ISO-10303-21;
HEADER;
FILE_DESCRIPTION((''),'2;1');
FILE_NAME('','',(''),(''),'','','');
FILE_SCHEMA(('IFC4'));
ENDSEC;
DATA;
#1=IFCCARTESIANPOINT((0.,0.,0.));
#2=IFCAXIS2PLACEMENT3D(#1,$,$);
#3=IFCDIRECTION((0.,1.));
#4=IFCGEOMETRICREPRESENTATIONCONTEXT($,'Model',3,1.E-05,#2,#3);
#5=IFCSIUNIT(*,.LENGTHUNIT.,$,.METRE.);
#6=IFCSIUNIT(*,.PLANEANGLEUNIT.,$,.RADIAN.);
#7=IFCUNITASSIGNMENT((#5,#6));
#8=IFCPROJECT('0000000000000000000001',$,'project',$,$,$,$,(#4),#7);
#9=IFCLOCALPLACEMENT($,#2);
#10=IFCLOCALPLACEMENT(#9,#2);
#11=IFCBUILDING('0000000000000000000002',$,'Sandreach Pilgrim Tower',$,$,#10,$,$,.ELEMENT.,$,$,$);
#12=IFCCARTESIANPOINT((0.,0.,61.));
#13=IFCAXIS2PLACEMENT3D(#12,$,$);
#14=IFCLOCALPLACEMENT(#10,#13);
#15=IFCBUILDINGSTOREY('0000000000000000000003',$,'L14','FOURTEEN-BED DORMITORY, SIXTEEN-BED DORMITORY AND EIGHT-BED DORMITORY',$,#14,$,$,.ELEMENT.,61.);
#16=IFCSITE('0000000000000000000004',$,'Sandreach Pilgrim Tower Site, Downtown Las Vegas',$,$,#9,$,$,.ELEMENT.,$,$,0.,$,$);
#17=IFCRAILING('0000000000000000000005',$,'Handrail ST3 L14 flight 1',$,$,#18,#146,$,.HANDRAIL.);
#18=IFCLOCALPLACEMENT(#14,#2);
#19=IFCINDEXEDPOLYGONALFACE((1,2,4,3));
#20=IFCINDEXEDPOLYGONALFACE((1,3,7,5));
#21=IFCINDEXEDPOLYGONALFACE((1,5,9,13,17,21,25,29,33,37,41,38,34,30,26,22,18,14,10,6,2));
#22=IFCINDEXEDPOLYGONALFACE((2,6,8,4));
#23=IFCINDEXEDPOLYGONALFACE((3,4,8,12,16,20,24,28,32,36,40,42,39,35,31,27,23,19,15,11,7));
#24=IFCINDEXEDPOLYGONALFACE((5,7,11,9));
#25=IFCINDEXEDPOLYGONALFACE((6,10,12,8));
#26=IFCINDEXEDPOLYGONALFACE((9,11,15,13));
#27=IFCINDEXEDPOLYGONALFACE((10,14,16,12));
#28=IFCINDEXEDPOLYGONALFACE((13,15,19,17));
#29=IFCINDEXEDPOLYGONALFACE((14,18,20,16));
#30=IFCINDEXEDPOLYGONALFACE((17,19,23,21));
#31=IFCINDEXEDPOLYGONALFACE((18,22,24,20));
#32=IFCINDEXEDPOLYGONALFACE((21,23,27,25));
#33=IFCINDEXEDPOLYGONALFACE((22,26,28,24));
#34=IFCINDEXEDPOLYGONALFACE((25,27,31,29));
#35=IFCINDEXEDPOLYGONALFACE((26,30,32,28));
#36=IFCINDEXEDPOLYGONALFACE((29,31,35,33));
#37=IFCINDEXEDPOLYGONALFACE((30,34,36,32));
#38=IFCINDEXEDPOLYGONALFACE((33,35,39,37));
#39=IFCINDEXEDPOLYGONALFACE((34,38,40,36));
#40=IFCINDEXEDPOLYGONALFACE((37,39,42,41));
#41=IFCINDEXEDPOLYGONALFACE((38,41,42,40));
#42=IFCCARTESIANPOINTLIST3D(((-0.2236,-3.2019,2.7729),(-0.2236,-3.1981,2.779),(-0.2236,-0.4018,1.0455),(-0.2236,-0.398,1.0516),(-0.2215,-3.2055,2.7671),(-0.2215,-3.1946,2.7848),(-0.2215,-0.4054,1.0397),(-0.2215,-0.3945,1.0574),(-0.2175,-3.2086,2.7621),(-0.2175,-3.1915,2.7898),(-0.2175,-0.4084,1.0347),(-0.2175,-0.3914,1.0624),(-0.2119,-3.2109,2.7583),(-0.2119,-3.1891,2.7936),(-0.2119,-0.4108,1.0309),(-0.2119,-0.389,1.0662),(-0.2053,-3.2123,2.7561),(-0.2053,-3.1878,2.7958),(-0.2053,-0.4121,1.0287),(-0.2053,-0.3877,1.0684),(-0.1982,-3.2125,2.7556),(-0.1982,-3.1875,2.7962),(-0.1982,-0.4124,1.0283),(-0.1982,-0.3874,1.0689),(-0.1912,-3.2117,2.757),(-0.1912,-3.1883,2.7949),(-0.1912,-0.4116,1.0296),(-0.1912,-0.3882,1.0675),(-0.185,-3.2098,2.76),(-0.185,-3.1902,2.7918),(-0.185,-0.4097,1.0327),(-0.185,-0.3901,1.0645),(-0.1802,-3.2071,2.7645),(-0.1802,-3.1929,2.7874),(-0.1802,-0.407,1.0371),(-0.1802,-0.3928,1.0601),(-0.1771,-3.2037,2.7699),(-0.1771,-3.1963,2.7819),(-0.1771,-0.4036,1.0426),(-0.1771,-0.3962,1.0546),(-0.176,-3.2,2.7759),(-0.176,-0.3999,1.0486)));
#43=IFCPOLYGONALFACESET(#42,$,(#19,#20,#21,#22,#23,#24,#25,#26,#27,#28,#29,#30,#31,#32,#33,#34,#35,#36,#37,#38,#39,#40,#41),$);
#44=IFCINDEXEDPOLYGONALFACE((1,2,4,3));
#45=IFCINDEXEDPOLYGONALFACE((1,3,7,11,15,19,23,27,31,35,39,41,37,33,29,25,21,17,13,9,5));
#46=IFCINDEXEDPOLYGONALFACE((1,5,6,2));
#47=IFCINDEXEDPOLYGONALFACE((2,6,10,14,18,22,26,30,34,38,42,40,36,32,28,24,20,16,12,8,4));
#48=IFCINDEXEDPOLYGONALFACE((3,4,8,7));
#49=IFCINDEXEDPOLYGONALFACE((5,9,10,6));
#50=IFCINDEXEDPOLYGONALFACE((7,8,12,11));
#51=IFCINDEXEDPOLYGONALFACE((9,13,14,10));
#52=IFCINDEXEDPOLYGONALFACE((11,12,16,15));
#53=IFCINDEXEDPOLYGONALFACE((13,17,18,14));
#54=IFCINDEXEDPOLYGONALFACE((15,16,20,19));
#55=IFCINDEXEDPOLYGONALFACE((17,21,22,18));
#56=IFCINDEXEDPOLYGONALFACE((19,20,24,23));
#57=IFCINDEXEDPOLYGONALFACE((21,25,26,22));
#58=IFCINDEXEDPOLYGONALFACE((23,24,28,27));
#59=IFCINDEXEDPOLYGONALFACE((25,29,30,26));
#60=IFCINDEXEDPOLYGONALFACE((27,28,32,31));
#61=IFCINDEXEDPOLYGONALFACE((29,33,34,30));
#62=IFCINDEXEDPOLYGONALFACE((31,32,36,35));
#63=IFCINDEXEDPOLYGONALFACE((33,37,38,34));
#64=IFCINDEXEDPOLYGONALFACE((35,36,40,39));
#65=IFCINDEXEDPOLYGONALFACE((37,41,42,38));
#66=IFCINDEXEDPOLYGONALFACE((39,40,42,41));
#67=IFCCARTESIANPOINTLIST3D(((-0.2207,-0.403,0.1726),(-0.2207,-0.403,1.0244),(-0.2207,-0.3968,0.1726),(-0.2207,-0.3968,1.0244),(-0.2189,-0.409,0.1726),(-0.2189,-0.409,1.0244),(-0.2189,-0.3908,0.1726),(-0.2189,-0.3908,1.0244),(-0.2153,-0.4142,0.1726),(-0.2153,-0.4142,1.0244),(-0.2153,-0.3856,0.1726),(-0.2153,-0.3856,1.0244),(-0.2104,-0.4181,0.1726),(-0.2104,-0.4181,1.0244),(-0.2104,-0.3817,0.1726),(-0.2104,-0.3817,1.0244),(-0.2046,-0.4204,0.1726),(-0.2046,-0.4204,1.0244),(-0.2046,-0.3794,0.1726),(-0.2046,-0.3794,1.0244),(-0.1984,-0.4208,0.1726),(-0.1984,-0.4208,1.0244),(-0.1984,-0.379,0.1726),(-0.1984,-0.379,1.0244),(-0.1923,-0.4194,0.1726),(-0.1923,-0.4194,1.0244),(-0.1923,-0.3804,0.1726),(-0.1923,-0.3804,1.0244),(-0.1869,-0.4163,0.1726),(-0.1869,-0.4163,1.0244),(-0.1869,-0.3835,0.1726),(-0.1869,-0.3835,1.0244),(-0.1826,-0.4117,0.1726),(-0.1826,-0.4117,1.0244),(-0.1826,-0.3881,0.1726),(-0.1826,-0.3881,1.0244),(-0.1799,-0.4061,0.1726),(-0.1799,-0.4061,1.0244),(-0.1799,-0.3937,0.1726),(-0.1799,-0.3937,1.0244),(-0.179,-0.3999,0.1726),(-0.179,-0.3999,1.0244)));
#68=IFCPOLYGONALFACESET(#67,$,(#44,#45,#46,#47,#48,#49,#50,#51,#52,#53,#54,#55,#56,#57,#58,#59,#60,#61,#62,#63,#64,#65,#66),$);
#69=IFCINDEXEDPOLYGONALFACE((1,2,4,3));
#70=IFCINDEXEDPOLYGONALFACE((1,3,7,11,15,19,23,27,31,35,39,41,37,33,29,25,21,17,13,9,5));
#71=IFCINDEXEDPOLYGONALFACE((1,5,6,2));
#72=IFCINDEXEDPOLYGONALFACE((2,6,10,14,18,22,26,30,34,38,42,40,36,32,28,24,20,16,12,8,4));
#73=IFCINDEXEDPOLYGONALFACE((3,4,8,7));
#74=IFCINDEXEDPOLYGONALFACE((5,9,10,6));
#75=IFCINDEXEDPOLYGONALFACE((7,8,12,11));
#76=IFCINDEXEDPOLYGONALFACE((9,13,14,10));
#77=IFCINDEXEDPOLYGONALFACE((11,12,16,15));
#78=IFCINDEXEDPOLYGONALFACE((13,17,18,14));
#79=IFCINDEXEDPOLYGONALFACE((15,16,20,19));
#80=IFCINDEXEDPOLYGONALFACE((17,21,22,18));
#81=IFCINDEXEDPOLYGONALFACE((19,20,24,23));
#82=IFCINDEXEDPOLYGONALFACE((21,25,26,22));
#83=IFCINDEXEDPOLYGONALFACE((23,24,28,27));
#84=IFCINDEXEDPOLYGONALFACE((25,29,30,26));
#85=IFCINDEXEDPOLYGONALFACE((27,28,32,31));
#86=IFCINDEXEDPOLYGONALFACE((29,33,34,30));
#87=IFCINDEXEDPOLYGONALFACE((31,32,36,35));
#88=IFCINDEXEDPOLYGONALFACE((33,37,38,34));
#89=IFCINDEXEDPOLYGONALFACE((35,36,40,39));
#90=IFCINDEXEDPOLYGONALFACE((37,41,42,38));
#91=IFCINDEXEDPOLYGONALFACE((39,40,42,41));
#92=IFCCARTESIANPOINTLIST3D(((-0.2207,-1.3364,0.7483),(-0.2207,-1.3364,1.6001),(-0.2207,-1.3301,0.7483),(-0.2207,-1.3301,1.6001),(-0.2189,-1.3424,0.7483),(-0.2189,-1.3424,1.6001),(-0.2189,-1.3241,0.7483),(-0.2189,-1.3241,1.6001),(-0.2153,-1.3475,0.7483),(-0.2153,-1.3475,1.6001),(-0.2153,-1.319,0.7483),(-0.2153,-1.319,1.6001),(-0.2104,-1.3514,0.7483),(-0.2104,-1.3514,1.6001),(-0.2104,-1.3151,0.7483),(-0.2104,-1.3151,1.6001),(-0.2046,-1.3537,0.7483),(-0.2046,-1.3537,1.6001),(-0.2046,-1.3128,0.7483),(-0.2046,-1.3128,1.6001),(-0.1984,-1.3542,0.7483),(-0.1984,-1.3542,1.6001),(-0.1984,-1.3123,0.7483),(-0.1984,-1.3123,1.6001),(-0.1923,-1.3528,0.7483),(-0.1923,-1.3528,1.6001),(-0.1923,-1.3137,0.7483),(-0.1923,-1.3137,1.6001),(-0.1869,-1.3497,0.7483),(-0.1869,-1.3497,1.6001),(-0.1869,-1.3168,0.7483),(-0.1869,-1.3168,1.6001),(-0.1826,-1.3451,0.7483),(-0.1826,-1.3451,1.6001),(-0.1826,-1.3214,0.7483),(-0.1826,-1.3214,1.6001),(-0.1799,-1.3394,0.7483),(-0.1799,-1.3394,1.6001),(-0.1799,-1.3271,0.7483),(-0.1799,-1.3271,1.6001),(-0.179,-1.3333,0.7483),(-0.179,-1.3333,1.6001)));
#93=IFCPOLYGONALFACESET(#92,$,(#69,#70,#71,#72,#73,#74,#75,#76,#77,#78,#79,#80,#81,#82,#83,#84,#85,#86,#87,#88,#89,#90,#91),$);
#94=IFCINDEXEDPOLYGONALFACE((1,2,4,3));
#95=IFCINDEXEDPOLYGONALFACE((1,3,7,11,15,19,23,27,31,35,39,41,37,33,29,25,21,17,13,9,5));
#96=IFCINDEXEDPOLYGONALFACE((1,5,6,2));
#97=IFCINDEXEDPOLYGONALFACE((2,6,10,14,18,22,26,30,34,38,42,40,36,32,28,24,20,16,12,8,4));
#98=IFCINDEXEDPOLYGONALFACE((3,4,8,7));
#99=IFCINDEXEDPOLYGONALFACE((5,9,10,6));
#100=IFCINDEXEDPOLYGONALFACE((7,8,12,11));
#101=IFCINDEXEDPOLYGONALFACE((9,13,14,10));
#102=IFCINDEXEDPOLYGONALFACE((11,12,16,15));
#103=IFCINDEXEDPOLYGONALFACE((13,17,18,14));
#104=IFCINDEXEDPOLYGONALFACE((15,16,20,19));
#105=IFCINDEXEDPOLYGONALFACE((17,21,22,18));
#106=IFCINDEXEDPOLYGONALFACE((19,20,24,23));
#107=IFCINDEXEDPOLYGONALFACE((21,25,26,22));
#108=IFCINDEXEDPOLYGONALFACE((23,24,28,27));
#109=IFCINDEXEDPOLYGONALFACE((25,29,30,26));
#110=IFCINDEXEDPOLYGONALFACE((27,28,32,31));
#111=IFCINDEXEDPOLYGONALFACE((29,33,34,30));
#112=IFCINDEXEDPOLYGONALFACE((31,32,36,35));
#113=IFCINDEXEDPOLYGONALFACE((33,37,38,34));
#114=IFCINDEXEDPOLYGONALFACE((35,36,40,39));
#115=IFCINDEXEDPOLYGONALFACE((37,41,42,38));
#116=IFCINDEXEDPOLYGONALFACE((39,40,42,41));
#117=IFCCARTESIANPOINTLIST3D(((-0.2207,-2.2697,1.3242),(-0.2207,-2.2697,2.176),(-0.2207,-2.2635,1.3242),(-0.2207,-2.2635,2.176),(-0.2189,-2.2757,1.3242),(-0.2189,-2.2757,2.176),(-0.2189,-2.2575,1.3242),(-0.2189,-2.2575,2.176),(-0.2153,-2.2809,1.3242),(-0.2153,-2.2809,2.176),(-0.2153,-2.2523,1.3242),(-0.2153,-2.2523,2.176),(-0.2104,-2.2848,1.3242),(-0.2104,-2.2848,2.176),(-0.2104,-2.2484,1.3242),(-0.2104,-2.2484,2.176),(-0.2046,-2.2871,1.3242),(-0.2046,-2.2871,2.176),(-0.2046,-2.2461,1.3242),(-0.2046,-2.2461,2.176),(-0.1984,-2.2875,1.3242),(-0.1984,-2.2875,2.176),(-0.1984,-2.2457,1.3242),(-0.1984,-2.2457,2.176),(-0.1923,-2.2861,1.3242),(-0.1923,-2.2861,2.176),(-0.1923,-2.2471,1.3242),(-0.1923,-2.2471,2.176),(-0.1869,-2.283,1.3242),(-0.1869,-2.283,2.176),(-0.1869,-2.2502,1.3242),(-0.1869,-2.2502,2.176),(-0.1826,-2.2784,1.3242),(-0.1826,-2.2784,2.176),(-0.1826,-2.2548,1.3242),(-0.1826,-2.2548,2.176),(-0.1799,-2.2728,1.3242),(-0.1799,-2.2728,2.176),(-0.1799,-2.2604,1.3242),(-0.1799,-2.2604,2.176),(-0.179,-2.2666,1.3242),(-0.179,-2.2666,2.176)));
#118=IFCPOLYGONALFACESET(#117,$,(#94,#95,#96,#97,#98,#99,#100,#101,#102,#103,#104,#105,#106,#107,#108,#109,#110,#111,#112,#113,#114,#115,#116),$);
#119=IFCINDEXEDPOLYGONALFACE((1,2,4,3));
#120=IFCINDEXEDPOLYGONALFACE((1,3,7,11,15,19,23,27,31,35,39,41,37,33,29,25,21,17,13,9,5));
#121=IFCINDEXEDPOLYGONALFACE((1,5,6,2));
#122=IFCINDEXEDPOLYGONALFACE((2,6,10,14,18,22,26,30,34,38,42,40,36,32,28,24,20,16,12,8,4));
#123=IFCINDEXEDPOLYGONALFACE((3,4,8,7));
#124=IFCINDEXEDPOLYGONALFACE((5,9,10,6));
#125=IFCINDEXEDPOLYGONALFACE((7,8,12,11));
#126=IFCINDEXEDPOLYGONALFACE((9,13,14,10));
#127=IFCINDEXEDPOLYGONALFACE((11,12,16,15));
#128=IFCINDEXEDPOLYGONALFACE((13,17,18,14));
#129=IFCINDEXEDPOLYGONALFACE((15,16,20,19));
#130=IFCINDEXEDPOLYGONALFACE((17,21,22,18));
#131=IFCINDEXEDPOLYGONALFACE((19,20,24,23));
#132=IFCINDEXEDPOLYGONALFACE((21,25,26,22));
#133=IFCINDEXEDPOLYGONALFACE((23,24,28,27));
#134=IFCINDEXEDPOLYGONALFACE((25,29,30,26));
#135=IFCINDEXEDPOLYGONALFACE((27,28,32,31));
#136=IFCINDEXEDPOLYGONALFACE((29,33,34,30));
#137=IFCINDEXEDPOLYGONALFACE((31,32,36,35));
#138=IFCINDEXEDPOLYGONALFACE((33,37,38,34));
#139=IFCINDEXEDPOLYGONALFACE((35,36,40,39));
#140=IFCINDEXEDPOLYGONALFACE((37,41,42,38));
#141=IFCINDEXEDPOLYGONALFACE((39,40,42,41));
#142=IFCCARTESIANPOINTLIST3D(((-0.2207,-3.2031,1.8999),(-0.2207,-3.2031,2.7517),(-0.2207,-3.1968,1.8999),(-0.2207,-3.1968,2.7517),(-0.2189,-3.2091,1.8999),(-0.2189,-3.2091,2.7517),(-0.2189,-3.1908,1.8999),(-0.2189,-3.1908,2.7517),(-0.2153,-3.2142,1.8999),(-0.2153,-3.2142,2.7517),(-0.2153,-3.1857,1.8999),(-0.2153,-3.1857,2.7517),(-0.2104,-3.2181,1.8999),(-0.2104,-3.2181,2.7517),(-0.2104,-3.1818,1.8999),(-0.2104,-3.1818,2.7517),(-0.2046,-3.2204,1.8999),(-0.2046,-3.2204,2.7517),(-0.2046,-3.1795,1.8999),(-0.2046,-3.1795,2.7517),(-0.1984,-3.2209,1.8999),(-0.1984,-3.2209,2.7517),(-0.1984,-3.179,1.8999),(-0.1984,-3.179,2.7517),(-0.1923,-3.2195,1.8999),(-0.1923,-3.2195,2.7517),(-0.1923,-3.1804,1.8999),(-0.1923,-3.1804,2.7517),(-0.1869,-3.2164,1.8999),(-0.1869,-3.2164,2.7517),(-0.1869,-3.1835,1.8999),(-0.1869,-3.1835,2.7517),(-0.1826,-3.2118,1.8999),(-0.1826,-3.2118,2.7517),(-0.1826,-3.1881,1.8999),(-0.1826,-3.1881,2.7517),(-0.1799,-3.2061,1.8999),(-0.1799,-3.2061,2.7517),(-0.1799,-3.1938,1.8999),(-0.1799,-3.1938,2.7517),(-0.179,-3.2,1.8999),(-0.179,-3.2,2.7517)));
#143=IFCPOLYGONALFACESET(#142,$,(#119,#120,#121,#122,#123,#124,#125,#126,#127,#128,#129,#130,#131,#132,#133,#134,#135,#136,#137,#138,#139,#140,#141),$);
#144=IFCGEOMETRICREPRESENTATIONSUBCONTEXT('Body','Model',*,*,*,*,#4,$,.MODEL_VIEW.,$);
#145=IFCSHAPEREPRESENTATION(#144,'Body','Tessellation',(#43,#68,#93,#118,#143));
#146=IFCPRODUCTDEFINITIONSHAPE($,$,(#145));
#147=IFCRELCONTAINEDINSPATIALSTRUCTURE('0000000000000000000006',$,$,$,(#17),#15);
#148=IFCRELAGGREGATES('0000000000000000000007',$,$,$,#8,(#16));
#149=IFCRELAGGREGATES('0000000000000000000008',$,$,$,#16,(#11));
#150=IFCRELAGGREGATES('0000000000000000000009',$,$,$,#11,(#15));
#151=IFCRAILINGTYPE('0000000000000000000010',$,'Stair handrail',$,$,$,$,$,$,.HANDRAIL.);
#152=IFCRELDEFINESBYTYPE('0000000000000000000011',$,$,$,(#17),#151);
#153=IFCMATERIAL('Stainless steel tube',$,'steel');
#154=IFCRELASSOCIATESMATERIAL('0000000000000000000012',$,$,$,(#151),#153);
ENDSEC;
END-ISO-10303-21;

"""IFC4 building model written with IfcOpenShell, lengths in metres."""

from ifc_helpers import new_model, si_unit, direction, frame, origin, origin_2d, place, context, subcontext, project, spatial, circle, extrude, material, type_object, element, save


model = new_model("IFC4")

# Units and contexts
model_context = context("Model", 3, precision=1e-05, world=origin(), true_north=direction((0.0, 1.0)))
body_context = subcontext(model_context, "Body", "Model", "MODEL_VIEW")
ifc_project = project(units=[si_unit("LENGTHUNIT", "METRE"), si_unit("PLANEANGLEUNIT", "RADIAN")], contexts=[model_context])

# Site, building, storey
site_placement = place(None, origin())
site = spatial("IfcSite", under=ifc_project, at=site_placement, Name="Sandreach Pilgrim Tower Site, Downtown Las Vegas", CompositionType="ELEMENT", RefElevation=0.0)
building_placement = place(site_placement, origin())
building = spatial("IfcBuilding", under=site, at=building_placement, Name="Sandreach Pilgrim Tower", CompositionType="ELEMENT")
storey_placement = place(building_placement, frame((0.0, 0.0, 61.0)))
storey = spatial("IfcBuildingStorey", under=building, at=storey_placement, Name="L14", Description="FOURTEEN-BED DORMITORY, SIXTEEN-BED DORMITORY AND EIGHT-BED DORMITORY", CompositionType="ELEMENT", Elevation=61.0)

# Railing
ifc_material_1 = material(Name="Stainless steel tube", Category="steel")
railing_type = type_object("IfcRailingType", Name="Stair handrail", PredefinedType="HANDRAIL", material=ifc_material_1)
railing_placement = place(storey_placement, frame((-0.2, -0.3999, 0.1726)))
element("IfcRailing", 1, at=railing_placement, inside=storey, type_object=railing_type, Name="Handrail ST3 L14 flight 1", PredefinedType="HANDRAIL", context=body_context, shape_type="SweptSolid", body=[
    extrude(circle(Radius=0.0239, at=origin_2d()), frame((0.0, 0.0, 0.876), z_axis=(0.0, -0.85109, 0.52502), x_axis=(1.0, 0.0, 0.0)), (0.0, 0.0, 1.0), 3.29),
    extrude(circle(Radius=0.021, at=origin_2d()), origin(), (0.0, 0.0, 1.0), 0.8518),
    extrude(circle(Radius=0.021, at=origin_2d()), frame((0.0, -0.9333, 0.5757)), (0.0, 0.0, 1.0), 0.8518),
    extrude(circle(Radius=0.021, at=origin_2d()), frame((0.0, -1.8667, 1.1516)), (0.0, 0.0, 1.0), 0.8518),
    extrude(circle(Radius=0.021, at=origin_2d()), frame((0.0, -2.8, 1.7273)), (0.0, 0.0, 1.0), 0.8518),
])

save(model, "model.ifc")
